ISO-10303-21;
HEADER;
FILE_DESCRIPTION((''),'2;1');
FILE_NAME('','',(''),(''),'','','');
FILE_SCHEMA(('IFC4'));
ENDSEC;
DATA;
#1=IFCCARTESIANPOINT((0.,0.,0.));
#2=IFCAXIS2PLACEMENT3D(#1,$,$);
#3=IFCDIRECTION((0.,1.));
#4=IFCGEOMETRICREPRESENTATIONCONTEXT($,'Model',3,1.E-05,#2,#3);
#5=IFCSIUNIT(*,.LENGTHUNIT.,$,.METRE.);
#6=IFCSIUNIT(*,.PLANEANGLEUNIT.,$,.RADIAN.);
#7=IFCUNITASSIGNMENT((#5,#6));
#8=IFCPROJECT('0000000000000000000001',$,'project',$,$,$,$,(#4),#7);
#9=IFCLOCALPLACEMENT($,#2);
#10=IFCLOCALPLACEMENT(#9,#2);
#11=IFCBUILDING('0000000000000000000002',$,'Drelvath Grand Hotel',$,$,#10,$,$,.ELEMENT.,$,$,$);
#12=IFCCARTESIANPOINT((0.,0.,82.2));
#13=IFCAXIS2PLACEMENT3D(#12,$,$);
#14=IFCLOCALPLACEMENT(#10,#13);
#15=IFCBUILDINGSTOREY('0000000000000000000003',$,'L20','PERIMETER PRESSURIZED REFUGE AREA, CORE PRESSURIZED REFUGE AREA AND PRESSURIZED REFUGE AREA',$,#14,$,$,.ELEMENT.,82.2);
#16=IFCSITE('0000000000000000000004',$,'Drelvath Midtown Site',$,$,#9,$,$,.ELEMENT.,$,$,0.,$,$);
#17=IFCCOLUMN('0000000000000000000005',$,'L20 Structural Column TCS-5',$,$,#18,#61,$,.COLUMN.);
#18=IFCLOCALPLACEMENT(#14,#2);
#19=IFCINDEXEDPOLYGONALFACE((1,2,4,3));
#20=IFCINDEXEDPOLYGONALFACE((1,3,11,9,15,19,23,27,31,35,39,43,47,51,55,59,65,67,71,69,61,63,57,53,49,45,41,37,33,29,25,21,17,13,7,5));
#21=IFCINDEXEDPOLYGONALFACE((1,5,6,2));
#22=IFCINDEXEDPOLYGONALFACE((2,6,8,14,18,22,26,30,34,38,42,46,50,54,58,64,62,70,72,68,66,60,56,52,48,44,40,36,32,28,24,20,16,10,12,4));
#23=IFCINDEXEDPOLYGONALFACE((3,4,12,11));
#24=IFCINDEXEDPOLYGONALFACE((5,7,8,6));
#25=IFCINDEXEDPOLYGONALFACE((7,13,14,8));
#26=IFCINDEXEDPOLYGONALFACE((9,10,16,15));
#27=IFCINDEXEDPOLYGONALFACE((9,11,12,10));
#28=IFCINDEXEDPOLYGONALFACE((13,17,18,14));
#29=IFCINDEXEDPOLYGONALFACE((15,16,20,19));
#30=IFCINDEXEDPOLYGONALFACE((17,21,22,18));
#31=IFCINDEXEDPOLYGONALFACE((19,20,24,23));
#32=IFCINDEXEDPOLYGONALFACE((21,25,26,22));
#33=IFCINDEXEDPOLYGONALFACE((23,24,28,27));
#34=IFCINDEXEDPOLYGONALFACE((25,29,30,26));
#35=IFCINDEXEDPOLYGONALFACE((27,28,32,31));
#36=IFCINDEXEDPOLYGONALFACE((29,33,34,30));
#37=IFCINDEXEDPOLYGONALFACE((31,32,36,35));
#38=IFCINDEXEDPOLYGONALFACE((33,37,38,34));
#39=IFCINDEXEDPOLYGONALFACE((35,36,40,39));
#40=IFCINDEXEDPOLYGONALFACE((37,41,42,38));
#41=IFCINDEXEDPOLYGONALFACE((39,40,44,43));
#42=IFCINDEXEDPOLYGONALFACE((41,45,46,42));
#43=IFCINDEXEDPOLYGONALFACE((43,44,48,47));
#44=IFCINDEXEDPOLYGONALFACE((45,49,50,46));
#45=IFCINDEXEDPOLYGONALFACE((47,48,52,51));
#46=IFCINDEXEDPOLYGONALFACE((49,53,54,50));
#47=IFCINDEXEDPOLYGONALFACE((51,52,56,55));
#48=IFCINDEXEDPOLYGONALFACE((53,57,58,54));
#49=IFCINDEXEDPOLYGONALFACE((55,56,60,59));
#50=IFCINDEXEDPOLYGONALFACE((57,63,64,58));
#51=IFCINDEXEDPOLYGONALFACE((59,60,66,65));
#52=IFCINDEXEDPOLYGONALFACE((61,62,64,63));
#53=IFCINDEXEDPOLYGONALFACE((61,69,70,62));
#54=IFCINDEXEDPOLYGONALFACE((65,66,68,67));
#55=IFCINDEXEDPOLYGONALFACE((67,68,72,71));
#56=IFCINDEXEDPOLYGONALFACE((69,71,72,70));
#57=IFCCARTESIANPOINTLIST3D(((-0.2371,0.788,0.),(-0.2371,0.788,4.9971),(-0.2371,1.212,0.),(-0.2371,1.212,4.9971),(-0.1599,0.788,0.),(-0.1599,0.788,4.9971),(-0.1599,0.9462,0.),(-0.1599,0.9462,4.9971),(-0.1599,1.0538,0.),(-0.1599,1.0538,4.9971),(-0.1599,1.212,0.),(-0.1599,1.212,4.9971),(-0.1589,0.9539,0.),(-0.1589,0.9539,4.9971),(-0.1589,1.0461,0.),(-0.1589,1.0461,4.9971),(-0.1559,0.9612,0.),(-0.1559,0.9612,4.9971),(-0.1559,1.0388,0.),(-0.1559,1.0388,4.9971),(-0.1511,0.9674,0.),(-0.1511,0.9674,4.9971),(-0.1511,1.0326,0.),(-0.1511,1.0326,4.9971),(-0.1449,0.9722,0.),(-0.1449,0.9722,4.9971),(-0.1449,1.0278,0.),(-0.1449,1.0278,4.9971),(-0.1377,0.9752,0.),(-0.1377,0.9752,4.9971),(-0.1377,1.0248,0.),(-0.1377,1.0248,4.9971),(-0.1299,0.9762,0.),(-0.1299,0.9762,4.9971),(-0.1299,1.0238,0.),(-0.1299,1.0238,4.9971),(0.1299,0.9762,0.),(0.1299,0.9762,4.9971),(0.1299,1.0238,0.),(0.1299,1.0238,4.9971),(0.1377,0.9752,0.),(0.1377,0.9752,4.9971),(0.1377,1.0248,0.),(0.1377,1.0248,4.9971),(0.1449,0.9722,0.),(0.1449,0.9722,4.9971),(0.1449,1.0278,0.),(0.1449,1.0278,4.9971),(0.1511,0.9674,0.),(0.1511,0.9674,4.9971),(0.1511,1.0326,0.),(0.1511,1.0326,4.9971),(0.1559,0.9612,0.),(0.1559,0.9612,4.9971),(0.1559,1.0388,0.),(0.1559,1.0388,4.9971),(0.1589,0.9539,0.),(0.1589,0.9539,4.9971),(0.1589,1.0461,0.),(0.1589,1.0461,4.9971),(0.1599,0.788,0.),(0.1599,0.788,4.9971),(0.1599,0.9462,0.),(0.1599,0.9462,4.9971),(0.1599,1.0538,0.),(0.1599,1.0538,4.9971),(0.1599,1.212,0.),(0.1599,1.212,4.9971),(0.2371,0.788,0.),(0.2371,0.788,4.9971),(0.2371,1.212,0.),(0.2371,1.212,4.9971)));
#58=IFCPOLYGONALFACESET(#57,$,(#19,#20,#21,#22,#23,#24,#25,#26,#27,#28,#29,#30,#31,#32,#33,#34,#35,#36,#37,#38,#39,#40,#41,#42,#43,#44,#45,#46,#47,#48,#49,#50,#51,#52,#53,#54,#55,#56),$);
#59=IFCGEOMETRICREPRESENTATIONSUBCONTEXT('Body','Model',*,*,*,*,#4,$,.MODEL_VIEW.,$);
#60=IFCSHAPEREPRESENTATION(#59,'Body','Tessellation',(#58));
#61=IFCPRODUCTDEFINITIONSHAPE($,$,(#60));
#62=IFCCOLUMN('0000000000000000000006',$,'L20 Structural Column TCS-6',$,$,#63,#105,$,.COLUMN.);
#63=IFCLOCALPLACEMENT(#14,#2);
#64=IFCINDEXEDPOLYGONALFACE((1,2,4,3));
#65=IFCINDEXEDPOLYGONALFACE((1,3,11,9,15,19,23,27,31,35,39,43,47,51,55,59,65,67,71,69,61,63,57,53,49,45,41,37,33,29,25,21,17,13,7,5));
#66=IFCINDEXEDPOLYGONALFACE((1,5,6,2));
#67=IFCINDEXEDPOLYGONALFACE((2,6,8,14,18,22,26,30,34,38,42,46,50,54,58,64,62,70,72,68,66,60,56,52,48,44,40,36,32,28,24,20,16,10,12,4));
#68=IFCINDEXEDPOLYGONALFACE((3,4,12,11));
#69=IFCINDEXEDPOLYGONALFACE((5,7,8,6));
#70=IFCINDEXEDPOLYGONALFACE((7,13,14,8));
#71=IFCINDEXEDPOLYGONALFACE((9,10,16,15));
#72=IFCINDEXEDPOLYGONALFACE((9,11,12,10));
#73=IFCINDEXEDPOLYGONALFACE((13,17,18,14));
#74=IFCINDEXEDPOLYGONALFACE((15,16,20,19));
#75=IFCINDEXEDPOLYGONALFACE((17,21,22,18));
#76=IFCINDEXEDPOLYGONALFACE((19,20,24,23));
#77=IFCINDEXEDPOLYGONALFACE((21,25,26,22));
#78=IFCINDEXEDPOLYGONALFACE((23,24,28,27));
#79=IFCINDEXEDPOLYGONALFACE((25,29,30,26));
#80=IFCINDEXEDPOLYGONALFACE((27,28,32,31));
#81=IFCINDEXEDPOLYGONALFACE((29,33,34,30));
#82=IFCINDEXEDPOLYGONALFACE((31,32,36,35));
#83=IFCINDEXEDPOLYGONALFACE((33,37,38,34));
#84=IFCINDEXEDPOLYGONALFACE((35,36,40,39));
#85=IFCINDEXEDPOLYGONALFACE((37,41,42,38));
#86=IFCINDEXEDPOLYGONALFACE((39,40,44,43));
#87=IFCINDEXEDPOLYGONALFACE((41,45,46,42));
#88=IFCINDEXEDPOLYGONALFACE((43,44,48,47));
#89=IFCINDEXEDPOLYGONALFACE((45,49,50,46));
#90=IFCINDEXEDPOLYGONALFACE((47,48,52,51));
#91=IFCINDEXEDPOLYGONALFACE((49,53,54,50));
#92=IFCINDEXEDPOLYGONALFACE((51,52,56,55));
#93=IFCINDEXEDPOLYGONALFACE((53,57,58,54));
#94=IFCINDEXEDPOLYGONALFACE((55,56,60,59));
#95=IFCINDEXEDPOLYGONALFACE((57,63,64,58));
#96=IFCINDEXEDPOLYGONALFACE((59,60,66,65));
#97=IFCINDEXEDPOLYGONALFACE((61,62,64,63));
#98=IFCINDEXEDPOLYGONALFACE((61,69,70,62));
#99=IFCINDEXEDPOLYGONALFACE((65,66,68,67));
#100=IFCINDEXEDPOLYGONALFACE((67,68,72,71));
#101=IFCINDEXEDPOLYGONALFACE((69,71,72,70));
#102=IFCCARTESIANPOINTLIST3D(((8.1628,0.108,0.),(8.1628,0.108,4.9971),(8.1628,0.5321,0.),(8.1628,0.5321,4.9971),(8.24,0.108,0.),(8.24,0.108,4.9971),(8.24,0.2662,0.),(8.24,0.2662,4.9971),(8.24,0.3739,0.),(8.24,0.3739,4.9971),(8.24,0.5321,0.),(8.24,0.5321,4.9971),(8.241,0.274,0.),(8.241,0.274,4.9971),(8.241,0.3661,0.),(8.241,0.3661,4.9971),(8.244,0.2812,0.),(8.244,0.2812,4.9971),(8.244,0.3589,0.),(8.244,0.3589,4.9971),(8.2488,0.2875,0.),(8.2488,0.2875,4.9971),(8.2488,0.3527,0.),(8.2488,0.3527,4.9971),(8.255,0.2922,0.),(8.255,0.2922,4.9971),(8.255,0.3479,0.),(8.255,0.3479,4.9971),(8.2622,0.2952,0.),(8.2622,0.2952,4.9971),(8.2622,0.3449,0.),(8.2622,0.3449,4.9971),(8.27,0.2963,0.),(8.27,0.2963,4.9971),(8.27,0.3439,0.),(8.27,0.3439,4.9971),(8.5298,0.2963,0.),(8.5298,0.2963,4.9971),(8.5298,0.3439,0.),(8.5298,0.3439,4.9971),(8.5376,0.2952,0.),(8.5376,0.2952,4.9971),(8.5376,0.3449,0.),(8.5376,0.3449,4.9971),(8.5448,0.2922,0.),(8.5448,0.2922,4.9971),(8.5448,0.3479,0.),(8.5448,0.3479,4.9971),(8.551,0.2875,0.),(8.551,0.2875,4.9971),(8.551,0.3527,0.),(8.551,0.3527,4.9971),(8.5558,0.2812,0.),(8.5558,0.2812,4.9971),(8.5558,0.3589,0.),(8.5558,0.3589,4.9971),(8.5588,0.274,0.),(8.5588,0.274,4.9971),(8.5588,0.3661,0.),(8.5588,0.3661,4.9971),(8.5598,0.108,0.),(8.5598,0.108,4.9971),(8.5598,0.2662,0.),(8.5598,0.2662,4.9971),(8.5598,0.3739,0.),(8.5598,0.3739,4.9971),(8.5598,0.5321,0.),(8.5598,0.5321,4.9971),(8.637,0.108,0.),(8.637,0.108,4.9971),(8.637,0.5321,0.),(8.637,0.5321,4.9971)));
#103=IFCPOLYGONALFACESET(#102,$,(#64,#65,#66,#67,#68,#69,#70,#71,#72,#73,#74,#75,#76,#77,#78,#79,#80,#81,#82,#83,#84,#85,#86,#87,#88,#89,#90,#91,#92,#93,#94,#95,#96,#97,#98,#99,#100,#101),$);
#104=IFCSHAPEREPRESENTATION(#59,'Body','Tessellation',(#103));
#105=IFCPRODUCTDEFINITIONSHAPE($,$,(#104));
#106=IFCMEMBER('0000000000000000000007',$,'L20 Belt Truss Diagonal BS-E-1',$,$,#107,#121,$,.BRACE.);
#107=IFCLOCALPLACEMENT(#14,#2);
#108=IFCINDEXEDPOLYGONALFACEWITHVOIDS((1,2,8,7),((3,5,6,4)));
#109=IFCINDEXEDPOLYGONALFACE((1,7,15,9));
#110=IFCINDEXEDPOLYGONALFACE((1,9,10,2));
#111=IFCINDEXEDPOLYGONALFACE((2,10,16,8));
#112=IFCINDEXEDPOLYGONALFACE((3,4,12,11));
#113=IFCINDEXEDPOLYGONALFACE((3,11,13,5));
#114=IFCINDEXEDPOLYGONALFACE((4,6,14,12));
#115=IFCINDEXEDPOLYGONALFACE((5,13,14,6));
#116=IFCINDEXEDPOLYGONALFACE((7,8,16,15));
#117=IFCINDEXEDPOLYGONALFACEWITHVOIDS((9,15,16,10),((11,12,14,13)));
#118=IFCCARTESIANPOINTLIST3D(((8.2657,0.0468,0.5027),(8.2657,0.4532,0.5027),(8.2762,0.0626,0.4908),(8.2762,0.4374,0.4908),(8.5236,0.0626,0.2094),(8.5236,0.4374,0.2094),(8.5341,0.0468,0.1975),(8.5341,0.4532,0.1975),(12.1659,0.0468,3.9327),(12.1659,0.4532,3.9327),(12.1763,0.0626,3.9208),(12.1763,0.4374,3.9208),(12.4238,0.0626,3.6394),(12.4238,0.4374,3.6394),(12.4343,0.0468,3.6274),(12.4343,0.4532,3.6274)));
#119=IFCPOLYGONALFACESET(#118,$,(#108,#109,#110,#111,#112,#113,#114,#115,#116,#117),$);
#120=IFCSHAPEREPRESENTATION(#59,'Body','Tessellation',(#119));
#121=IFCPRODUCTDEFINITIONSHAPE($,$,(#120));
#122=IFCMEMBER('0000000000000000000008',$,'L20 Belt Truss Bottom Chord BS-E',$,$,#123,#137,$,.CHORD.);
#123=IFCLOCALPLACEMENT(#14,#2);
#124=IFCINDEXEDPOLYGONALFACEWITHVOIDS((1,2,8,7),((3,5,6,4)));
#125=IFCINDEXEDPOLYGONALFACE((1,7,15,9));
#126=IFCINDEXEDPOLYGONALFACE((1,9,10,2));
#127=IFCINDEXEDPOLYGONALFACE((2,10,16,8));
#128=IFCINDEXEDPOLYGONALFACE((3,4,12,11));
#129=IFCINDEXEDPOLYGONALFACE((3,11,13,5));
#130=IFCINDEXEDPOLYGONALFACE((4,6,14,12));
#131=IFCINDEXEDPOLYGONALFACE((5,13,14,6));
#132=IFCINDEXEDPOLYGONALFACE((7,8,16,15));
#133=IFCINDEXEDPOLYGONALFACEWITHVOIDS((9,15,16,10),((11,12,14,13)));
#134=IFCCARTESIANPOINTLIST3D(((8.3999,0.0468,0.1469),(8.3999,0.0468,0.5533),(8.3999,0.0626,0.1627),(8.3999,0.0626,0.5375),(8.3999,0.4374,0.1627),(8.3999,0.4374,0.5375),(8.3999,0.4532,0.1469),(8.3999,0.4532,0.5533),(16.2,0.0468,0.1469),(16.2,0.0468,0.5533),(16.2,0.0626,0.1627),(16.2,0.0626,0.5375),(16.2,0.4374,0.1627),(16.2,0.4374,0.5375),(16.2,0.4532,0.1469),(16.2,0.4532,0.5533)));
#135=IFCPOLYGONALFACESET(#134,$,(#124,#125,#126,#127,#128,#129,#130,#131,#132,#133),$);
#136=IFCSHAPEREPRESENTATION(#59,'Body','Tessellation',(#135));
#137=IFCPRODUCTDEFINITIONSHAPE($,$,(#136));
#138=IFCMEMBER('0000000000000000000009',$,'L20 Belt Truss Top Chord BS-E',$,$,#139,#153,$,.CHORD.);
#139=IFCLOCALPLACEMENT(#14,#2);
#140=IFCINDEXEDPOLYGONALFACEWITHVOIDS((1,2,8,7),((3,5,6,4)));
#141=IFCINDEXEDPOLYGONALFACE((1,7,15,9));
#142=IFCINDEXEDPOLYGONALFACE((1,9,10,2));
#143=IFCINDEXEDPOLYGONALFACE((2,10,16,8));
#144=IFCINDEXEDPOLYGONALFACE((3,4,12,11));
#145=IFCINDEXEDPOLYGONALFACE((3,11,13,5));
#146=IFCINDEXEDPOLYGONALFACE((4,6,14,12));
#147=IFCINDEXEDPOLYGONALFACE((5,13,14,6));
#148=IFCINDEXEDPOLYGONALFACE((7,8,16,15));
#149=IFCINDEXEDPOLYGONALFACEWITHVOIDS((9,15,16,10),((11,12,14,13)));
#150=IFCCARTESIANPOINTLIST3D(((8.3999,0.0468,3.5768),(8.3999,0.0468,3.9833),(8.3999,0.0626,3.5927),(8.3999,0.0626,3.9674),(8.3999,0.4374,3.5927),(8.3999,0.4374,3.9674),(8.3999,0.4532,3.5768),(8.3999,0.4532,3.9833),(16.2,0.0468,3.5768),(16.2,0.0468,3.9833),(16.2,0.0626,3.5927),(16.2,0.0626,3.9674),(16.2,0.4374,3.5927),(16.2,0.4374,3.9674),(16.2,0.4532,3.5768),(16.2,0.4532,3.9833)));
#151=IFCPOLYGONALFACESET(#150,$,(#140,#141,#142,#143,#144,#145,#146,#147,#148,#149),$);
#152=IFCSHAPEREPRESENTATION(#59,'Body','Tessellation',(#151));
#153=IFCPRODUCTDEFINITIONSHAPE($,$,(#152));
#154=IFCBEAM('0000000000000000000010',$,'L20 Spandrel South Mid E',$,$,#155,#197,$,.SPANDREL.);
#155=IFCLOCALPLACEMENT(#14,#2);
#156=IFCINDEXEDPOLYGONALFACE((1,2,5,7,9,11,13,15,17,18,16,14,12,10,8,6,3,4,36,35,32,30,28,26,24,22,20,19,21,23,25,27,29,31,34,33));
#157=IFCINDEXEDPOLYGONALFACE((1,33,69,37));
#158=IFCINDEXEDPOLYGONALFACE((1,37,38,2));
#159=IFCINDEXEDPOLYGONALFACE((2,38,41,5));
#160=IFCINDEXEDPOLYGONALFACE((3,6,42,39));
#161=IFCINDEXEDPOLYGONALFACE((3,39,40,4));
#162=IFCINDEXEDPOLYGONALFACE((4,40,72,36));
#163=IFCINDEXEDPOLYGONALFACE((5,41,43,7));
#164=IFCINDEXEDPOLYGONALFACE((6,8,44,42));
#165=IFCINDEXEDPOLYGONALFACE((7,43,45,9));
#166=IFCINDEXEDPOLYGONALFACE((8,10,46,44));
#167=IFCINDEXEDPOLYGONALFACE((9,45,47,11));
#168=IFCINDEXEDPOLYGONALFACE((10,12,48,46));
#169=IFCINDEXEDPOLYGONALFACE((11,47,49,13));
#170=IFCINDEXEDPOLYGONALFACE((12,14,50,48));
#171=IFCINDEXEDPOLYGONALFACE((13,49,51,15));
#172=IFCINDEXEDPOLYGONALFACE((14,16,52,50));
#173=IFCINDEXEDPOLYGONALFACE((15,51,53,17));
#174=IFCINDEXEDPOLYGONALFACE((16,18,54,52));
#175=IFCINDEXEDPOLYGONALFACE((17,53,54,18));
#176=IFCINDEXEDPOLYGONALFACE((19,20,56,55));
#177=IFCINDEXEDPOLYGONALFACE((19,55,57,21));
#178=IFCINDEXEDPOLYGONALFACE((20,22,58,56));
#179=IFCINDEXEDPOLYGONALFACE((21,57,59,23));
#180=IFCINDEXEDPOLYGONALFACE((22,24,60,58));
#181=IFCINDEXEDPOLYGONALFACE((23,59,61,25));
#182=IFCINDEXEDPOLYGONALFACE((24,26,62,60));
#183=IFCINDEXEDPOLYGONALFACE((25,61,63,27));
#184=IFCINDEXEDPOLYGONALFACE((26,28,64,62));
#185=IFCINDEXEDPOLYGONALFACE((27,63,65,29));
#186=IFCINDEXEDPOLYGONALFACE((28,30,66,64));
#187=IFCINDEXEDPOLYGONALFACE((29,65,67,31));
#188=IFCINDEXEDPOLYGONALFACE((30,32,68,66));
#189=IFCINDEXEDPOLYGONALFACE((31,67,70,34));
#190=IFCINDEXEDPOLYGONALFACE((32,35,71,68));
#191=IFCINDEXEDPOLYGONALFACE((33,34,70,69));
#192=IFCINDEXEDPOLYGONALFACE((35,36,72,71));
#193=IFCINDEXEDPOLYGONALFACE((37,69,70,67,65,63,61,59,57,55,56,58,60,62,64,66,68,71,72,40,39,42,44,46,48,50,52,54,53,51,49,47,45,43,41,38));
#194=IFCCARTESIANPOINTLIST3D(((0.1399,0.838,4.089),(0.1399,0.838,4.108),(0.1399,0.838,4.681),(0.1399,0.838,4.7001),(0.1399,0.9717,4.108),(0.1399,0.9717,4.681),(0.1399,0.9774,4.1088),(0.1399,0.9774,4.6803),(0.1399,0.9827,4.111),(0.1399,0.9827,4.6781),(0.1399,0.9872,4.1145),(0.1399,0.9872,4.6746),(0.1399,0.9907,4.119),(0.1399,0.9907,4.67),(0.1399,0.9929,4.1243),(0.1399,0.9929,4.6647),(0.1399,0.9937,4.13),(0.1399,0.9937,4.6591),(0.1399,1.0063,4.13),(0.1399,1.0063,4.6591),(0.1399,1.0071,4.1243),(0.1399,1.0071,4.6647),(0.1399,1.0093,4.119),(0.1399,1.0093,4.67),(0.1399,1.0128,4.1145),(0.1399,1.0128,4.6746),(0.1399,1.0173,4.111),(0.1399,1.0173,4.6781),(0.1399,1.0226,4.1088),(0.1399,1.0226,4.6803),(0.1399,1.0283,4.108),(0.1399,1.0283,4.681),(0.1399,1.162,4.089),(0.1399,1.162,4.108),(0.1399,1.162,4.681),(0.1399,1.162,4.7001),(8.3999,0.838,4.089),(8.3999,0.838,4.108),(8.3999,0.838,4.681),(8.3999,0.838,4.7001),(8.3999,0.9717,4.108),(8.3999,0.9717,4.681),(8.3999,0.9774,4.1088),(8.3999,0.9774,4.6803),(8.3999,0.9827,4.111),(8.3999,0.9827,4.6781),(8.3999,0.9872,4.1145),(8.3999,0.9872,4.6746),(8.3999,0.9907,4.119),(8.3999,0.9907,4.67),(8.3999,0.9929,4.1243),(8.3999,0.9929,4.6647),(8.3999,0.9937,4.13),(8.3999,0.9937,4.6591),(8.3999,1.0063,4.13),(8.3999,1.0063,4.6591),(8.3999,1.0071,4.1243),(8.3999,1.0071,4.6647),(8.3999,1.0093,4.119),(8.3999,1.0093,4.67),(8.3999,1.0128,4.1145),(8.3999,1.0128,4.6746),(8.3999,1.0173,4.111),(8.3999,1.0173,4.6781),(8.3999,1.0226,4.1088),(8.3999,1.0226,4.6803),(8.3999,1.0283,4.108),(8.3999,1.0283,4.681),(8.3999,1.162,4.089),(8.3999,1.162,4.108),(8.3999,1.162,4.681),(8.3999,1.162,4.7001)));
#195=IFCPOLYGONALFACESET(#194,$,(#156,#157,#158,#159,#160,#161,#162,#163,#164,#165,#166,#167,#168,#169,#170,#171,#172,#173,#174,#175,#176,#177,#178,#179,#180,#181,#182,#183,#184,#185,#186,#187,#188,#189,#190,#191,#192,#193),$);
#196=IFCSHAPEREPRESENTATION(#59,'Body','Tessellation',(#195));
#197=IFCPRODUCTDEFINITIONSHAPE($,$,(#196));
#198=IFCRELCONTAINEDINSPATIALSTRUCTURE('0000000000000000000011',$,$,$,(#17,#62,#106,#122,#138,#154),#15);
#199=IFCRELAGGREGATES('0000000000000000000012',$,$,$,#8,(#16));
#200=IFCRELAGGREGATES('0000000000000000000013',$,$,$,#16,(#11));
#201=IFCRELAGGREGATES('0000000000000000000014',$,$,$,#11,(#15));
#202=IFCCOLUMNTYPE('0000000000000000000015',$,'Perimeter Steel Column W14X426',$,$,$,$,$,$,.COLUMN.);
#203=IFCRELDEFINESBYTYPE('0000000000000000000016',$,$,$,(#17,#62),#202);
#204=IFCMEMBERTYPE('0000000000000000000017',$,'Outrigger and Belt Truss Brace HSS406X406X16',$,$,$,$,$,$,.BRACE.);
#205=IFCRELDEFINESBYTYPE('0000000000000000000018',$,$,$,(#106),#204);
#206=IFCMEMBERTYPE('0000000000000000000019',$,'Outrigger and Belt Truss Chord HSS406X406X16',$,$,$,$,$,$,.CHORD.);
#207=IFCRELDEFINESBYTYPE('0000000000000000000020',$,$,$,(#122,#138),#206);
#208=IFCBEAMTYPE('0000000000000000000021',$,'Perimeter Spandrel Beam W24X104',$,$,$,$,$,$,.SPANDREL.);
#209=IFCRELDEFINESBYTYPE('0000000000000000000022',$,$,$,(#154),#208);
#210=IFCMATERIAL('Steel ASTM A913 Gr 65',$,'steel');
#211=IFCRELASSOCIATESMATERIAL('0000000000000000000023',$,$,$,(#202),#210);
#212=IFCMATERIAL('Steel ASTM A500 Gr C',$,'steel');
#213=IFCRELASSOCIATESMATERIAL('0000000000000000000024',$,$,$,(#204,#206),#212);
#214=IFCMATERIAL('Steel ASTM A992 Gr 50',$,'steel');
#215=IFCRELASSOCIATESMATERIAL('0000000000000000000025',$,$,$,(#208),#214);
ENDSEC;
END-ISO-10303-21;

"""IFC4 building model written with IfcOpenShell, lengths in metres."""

from ifc_helpers import new_model, si_unit, direction, frame, origin, origin_2d, place, context, subcontext, project, spatial, hollow_rectangle, i_section, extrude, material, material_profile, profile_set, type_object, element, save


model = new_model("IFC4")

# Units and contexts
model_context = context("Model", 3, precision=1e-05, world=origin(), true_north=direction((0.0, 1.0)))
body_context = subcontext(model_context, "Body", "Model", "MODEL_VIEW")
ifc_project = project(units=[si_unit("LENGTHUNIT", "METRE"), si_unit("PLANEANGLEUNIT", "RADIAN")], contexts=[model_context])

# Site, building, storey
site_placement = place(None, origin())
site = spatial("IfcSite", under=ifc_project, at=site_placement, Name="Drelvath Midtown Site", CompositionType="ELEMENT", RefElevation=0.0)
building_placement = place(site_placement, origin())
building = spatial("IfcBuilding", under=site, at=building_placement, Name="Drelvath Grand Hotel", CompositionType="ELEMENT")
storey_placement = place(building_placement, frame((0.0, 0.0, 82.2)))
storey = spatial("IfcBuildingStorey", under=building, at=storey_placement, Name="L20", Description="PERIMETER PRESSURIZED REFUGE AREA, CORE PRESSURIZED REFUGE AREA AND PRESSURIZED REFUGE AREA", CompositionType="ELEMENT", Elevation=82.2)

# Columns
ifc_material_1 = material(Name="Steel ASTM A913 Gr 65", Category="steel")
ifc_material_profile_1 = material_profile(ifc_material_1, i_section(OverallWidth=0.4241, OverallDepth=0.4741, WebThickness=0.0476, FlangeThickness=0.0771, FilletRadius=0.03, at=origin_2d()), Name="W14X426")
ifc_profile_set_1 = profile_set([ifc_material_profile_1], Name="Steel ASTM A913 Gr 65")
column_type = type_object("IfcColumnType", Name="Perimeter Steel Column W14X426", PredefinedType="COLUMN", material=ifc_profile_set_1)
for number, where, z_axis, x_axis, name in (
    (1, (0.0, 1.0, 0.0), (0.0, 0.0, 1.0), (0.0, 1.0, 0.0), "L20 Structural Column TCS-5"),
    (2, (8.3999, 0.3201, 0.0), (0.0, 0.0, 1.0), (0.0, 1.0, 0.0), "L20 Structural Column TCS-6"),
):
    element("IfcColumn", number, at=place(storey_placement, frame(where, z_axis=z_axis, x_axis=x_axis)), inside=storey, type_object=column_type, Name=name, PredefinedType="COLUMN", context=body_context, shape_type="SweptSolid", body=[
        extrude(i_section(OverallWidth=0.4241, OverallDepth=0.4741, WebThickness=0.0476, FlangeThickness=0.0771, FilletRadius=0.03, at=origin_2d()), origin(), (0.0, 0.0, 1.0), 4.9971),
    ])

# Members
ifc_material_2 = material(Name="Steel ASTM A500 Gr C", Category="steel")
ifc_material_profile_2 = material_profile(ifc_material_2, hollow_rectangle(XDim=0.4065, YDim=0.4065, WallThickness=0.0159, at=origin_2d()), Name="HSS406X406X16")
ifc_profile_set_2 = profile_set([ifc_material_profile_2], Name="Steel ASTM A500 Gr C")
member_type_1 = type_object("IfcMemberType", Name="Outrigger and Belt Truss Brace HSS406X406X16", PredefinedType="BRACE", material=ifc_profile_set_2)
member_placement = place(storey_placement, frame((8.3999, 0.25, 0.3501), z_axis=(0.750923, 0.0, 0.660389), x_axis=(0.0, 1.0, 0.0)))
element("IfcMember", 3, at=member_placement, inside=storey, type_object=member_type_1, Name="L20 Belt Truss Diagonal BS-E-1", PredefinedType="BRACE", context=body_context, shape_type="SweptSolid", body=[
    extrude(hollow_rectangle(XDim=0.4065, YDim=0.4065, WallThickness=0.0159, at=origin_2d()), origin(), (0.0, 0.0, 1.0), 5.1938),
])
ifc_material_profile_3 = material_profile(ifc_material_2, hollow_rectangle(XDim=0.4065, YDim=0.4065, WallThickness=0.0159, at=origin_2d()), Name="HSS406X406X16")
ifc_profile_set_3 = profile_set([ifc_material_profile_3], Name="Steel ASTM A500 Gr C")
member_type_2 = type_object("IfcMemberType", Name="Outrigger and Belt Truss Chord HSS406X406X16", PredefinedType="CHORD", material=ifc_profile_set_3)
for number, where, z_axis, x_axis, name in (
    (4, (8.3999, 0.25, 0.3501), (1.0, 0.0, 0.0), (0.0, 1.0, 0.0), "L20 Belt Truss Bottom Chord BS-E"),
    (5, (8.3999, 0.25, 3.78), (1.0, 0.0, 0.0), (0.0, 1.0, 0.0), "L20 Belt Truss Top Chord BS-E"),
):
    element("IfcMember", number, at=place(storey_placement, frame(where, z_axis=z_axis, x_axis=x_axis)), inside=storey, type_object=member_type_2, Name=name, PredefinedType="CHORD", context=body_context, shape_type="SweptSolid", body=[
        extrude(hollow_rectangle(XDim=0.4065, YDim=0.4065, WallThickness=0.0159, at=origin_2d()), origin(), (0.0, 0.0, 1.0), 7.8),
    ])

# Beam
ifc_material_3 = material(Name="Steel ASTM A992 Gr 50", Category="steel")
ifc_material_profile_4 = material_profile(ifc_material_3, i_section(OverallWidth=0.324, OverallDepth=0.6111, WebThickness=0.0127, FlangeThickness=0.019, FilletRadius=0.022, at=origin_2d()), Name="W24X104")
ifc_profile_set_4 = profile_set([ifc_material_profile_4], Name="Steel ASTM A992 Gr 50")
beam_type_1 = type_object("IfcBeamType", Name="Perimeter Spandrel Beam W24X104", PredefinedType="SPANDREL", material=ifc_profile_set_4)
beam_1_placement = place(storey_placement, frame((0.1399, 1.0, 4.3945), z_axis=(1.0, 0.0, 0.0), x_axis=(0.0, 1.0, 0.0)))
element("IfcBeam", 6, at=beam_1_placement, inside=storey, type_object=beam_type_1, Name="L20 Spandrel South Mid E", PredefinedType="SPANDREL", context=body_context, shape_type="SweptSolid", body=[
    extrude(i_section(OverallWidth=0.324, OverallDepth=0.6111, WebThickness=0.0127, FlangeThickness=0.019, FilletRadius=0.022, at=origin_2d()), origin(), (0.0, 0.0, 1.0), 8.26),
])

save(model, "model.ifc")
